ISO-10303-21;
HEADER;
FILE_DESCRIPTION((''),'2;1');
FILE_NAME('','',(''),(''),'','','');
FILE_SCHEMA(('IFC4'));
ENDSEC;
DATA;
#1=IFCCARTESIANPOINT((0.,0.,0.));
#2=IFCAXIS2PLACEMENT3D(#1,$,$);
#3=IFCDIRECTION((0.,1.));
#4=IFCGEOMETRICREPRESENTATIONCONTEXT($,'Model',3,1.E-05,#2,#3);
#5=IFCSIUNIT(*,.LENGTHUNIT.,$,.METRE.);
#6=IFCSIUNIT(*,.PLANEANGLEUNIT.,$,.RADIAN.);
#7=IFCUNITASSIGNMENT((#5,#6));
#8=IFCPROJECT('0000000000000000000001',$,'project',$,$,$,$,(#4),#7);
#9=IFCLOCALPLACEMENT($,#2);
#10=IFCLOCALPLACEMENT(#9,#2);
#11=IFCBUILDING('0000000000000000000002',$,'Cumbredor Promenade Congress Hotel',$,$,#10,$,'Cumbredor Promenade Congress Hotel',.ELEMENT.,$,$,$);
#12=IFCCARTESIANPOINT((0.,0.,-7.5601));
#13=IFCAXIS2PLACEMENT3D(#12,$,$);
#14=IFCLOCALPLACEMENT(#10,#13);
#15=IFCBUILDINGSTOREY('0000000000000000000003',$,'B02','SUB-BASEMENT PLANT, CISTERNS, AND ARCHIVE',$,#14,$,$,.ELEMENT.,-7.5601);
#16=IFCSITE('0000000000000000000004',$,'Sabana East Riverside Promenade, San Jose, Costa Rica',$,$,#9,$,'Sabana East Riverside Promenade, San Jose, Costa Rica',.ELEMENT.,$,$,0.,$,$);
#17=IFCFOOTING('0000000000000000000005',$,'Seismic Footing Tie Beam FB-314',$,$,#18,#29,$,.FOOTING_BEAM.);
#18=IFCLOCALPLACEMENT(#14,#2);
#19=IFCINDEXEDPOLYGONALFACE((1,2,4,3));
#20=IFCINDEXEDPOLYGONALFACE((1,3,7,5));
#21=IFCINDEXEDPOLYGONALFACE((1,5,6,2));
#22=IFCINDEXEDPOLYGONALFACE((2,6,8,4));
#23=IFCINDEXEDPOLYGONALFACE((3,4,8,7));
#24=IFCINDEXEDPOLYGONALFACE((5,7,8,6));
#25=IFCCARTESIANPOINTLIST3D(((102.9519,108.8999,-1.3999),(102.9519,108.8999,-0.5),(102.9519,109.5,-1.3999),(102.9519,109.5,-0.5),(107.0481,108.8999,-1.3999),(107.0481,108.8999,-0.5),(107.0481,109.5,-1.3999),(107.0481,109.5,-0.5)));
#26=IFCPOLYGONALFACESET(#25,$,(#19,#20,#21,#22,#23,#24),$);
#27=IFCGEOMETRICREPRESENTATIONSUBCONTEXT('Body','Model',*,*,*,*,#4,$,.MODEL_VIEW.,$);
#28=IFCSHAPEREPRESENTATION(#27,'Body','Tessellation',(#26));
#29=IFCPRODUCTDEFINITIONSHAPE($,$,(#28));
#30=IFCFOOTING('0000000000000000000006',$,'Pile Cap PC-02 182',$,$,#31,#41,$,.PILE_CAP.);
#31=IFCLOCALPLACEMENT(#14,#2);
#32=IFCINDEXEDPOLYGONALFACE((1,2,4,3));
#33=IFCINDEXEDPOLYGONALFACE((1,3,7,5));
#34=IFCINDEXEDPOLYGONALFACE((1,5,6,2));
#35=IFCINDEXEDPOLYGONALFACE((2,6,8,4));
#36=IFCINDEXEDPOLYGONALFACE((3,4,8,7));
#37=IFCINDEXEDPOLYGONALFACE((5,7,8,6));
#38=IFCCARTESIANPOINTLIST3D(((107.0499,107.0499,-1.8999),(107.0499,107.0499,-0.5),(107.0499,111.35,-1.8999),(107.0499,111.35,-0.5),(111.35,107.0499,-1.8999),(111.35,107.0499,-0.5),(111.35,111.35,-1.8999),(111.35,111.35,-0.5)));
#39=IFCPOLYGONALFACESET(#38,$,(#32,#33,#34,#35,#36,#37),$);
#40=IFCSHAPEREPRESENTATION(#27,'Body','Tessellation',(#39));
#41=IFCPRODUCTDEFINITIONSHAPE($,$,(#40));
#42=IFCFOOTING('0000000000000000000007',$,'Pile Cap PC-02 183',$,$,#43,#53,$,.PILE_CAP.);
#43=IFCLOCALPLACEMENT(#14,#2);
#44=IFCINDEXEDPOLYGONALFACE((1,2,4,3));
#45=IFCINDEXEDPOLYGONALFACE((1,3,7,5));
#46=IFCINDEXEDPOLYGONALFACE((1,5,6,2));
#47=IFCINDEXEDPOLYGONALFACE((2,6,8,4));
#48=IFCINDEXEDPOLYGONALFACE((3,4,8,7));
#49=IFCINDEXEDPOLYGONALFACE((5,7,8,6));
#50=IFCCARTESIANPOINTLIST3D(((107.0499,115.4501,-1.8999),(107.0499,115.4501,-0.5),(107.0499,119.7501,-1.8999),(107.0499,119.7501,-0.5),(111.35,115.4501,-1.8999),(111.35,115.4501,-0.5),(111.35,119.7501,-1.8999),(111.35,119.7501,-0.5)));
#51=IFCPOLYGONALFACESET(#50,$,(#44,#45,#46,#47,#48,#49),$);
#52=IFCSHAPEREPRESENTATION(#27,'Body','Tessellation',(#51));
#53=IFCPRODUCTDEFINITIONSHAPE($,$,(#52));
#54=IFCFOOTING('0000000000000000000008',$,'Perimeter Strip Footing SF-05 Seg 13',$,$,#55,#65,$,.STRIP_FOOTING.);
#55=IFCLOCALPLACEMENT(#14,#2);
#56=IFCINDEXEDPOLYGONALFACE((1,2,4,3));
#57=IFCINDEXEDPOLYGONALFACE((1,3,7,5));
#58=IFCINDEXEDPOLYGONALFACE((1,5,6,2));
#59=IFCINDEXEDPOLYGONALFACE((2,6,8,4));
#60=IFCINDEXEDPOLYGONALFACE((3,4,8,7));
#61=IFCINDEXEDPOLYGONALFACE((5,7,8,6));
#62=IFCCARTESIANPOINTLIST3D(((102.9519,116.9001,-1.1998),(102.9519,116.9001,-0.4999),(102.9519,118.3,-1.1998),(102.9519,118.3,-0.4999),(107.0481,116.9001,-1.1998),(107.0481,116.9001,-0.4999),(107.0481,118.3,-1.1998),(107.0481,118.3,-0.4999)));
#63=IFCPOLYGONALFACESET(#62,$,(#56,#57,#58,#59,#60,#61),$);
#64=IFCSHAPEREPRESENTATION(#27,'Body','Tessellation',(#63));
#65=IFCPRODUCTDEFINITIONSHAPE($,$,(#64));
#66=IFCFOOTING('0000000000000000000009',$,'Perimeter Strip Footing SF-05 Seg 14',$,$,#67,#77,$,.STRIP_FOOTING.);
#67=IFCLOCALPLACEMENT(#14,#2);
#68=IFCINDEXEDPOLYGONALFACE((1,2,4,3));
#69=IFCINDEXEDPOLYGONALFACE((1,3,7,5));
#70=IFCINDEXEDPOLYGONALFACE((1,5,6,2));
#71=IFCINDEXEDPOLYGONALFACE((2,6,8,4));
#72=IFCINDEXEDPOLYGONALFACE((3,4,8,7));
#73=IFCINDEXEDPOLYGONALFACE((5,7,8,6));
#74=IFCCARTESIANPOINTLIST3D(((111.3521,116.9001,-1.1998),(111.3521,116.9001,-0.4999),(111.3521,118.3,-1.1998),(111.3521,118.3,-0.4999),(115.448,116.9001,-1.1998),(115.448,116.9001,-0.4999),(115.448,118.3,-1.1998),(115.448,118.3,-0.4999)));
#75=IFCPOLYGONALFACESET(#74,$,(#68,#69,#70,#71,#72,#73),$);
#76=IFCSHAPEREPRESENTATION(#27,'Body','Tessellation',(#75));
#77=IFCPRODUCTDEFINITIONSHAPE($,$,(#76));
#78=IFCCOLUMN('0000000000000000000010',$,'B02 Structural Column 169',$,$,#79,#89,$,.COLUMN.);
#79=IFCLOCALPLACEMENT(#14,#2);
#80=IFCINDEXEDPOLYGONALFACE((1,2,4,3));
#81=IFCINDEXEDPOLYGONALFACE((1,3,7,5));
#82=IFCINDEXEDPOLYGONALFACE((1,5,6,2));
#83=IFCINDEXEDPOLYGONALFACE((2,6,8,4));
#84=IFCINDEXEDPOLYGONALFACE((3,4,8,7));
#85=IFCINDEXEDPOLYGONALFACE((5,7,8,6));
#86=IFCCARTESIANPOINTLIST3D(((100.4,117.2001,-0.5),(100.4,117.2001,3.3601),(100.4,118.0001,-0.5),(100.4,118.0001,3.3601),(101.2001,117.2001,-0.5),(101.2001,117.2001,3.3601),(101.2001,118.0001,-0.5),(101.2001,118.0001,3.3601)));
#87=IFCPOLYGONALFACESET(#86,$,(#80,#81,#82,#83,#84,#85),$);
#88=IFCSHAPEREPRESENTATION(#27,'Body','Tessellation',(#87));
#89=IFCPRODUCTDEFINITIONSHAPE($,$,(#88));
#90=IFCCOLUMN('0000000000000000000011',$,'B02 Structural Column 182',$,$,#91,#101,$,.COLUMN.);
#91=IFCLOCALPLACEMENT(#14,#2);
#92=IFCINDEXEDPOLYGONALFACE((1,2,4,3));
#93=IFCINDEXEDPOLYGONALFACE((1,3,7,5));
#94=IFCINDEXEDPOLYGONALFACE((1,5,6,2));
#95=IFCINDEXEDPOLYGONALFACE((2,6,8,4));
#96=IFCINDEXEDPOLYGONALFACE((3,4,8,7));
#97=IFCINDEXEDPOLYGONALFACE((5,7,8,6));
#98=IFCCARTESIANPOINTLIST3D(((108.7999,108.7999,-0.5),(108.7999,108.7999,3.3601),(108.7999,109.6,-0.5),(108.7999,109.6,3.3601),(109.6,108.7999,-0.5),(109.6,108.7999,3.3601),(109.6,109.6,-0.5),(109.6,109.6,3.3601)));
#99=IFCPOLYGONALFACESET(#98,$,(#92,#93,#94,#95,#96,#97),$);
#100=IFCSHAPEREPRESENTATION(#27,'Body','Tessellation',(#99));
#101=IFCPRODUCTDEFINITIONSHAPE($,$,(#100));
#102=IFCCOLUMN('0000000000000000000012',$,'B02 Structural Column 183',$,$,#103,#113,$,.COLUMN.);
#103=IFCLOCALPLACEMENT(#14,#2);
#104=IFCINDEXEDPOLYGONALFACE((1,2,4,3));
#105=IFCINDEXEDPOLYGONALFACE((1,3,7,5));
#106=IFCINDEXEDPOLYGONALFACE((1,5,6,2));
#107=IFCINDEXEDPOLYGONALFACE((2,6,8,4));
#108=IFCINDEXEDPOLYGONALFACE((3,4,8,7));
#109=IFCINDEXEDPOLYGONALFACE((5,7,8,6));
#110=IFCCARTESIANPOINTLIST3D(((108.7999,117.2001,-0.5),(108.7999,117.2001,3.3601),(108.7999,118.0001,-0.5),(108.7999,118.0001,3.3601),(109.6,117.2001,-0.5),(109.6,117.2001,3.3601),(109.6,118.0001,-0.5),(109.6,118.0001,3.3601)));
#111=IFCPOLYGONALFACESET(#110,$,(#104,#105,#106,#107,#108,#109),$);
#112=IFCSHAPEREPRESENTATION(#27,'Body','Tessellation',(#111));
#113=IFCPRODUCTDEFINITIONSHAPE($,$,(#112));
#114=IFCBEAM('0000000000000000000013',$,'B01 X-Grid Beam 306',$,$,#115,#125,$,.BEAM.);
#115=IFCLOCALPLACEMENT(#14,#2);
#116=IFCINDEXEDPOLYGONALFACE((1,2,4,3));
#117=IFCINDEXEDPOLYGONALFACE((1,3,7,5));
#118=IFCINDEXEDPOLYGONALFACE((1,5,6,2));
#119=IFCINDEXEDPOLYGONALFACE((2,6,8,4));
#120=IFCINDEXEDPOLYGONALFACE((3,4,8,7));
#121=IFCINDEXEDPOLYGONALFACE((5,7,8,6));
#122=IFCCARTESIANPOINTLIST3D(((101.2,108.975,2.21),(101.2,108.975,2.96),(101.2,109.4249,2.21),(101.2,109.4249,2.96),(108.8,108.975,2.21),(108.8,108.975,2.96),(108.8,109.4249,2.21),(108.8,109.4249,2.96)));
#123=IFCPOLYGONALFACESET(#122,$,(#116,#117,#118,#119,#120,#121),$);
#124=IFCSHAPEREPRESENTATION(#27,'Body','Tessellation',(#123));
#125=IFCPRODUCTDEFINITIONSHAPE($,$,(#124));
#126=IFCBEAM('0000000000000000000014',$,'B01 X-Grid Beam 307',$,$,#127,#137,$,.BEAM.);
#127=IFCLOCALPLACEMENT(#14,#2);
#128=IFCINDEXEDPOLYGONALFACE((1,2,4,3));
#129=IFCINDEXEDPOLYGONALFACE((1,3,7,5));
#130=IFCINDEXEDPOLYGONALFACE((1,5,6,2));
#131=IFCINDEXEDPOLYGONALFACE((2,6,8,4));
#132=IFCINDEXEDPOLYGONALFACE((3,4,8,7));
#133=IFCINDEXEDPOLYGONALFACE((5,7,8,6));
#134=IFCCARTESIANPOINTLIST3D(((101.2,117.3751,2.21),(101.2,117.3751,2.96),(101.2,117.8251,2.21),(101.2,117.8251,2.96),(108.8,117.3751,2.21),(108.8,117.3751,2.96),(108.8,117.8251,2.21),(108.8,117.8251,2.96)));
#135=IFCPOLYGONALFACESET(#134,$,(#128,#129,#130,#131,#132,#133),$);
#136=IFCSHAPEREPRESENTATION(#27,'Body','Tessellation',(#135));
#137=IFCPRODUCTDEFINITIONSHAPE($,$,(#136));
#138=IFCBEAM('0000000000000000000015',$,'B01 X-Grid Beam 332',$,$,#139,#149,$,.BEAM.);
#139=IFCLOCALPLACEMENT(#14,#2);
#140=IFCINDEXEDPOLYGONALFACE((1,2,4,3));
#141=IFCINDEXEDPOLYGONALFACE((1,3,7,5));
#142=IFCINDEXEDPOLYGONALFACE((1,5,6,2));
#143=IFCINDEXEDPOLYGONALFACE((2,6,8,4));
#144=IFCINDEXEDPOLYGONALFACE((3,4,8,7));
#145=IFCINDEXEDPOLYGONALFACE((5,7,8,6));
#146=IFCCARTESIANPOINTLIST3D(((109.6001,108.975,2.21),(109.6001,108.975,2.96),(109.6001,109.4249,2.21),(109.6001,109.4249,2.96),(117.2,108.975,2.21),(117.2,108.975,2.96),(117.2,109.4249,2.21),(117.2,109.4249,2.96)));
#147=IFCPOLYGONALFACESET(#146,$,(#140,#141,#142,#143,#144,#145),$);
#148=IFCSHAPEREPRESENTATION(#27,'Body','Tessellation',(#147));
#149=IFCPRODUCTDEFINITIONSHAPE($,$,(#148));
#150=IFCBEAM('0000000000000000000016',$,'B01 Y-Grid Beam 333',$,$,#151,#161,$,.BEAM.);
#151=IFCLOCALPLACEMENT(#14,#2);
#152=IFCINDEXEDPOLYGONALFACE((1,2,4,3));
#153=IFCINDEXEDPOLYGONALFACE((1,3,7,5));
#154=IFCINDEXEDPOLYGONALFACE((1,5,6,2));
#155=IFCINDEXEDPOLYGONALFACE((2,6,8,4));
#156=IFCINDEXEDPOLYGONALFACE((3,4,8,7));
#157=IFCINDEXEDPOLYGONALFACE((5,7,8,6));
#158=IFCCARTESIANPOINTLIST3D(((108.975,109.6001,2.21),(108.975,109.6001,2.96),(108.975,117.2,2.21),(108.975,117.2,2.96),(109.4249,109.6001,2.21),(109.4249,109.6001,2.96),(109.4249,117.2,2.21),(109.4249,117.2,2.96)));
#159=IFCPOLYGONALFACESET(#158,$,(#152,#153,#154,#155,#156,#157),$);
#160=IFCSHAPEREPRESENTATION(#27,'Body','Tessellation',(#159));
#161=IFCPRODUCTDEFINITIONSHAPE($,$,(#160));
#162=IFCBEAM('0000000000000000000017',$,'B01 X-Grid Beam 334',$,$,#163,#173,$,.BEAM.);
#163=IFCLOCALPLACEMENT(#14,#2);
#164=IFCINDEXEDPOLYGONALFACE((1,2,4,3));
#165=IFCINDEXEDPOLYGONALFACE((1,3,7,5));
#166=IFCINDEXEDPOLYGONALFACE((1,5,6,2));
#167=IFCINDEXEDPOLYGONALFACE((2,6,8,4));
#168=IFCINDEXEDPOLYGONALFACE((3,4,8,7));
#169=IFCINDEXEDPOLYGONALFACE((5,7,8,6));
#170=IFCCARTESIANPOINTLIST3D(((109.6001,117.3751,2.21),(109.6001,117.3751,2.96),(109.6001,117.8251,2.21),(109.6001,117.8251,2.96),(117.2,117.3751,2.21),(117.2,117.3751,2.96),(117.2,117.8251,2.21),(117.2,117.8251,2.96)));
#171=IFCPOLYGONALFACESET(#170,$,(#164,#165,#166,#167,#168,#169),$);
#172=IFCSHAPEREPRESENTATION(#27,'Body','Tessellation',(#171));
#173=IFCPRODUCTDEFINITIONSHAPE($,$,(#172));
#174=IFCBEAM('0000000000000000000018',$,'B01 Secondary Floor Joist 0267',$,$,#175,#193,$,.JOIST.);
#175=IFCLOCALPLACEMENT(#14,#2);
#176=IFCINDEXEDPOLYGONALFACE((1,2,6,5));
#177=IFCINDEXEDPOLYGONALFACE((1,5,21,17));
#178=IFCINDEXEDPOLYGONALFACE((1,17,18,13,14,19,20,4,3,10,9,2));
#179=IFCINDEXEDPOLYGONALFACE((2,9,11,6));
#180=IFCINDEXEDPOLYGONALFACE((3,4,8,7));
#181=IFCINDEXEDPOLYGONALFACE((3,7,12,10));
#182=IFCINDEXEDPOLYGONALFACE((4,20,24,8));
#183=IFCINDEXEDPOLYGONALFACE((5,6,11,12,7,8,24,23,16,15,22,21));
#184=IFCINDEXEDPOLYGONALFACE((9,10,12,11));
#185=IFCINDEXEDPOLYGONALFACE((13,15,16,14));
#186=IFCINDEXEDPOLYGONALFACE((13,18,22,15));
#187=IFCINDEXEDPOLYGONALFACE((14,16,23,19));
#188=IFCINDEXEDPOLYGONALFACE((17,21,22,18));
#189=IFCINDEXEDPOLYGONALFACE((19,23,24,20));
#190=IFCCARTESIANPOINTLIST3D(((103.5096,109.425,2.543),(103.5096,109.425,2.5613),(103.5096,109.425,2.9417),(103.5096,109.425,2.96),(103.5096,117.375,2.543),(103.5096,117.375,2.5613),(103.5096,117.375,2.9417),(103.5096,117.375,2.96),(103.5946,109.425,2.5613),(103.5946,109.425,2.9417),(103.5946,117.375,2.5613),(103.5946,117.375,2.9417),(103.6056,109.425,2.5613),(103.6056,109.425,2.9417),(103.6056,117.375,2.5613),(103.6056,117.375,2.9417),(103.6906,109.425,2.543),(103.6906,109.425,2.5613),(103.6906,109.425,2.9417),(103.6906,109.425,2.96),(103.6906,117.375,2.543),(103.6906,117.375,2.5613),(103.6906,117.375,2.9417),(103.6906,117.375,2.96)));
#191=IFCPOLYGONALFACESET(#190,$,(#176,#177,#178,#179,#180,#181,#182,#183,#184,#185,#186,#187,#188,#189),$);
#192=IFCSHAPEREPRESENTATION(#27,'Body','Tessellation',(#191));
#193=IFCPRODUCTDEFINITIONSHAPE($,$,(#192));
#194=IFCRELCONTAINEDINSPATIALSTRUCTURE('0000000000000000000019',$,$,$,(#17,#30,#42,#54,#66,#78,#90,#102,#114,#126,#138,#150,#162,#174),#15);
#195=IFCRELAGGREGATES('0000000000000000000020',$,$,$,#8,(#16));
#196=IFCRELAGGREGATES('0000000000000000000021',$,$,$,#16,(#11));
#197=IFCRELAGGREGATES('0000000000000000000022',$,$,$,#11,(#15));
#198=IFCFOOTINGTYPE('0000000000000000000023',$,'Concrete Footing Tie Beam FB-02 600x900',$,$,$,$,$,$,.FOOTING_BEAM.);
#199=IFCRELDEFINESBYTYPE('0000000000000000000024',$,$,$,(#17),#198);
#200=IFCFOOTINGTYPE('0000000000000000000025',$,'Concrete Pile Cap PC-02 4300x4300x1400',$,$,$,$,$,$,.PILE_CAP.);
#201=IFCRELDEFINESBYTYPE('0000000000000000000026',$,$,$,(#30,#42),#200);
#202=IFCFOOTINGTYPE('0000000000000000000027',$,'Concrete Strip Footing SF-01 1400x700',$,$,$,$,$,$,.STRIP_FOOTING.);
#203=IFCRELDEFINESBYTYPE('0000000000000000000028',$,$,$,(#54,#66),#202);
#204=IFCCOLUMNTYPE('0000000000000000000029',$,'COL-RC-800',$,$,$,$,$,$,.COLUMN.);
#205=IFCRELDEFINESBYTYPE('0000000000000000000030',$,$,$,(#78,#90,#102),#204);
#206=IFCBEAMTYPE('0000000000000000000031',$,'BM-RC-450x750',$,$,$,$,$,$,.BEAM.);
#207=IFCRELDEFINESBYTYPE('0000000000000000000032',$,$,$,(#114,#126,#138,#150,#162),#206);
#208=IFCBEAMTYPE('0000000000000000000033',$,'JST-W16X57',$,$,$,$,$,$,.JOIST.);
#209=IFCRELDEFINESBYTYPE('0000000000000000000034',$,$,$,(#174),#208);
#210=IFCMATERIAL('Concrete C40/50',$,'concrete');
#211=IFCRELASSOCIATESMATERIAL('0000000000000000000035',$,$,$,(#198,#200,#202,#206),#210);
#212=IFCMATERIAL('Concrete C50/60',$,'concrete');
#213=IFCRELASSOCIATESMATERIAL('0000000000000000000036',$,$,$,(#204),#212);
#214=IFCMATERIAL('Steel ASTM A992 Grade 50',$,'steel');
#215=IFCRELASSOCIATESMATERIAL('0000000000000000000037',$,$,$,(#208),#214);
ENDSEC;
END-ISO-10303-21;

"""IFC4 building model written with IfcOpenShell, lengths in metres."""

from ifc_helpers import new_model, si_unit, direction, frame, origin, origin_2d, place, context, subcontext, project, spatial, rectangle, i_section, extrude, material, material_profile, profile_set, type_object, element, save


model = new_model("IFC4")

# Units and contexts
model_context = context("Model", 3, precision=1e-05, world=origin(), true_north=direction((0.0, 1.0)))
body_context = subcontext(model_context, "Body", "Model", "MODEL_VIEW")
ifc_project = project(units=[si_unit("LENGTHUNIT", "METRE"), si_unit("PLANEANGLEUNIT", "RADIAN")], contexts=[model_context])

# Site, building, storey
site_placement = place(None, origin())
site = spatial("IfcSite", under=ifc_project, at=site_placement, Name="Sabana East Riverside Promenade, San Jose, Costa Rica", LongName="Sabana East Riverside Promenade, San Jose, Costa Rica", CompositionType="ELEMENT", RefElevation=0.0)
building_placement = place(site_placement, origin())
building = spatial("IfcBuilding", under=site, at=building_placement, Name="Cumbredor Promenade Congress Hotel", LongName="Cumbredor Promenade Congress Hotel", CompositionType="ELEMENT")
storey_placement = place(building_placement, frame((0.0, 0.0, -7.5601)))
storey = spatial("IfcBuildingStorey", under=building, at=storey_placement, Name="B02", Description="SUB-BASEMENT PLANT, CISTERNS, AND ARCHIVE", CompositionType="ELEMENT", Elevation=-7.5601)

# Shared definitions
ifc_material_1 = material(Name="Concrete C40/50", Category="concrete")

# Footings
ifc_material_profile_1 = material_profile(ifc_material_1, rectangle(XDim=0.6001, YDim=0.8999, at=origin_2d()), Name="FB 600x900")
ifc_profile_set_1 = profile_set([ifc_material_profile_1], Name="Concrete C40/50")
footing_type_1 = type_object("IfcFootingType", Name="Concrete Footing Tie Beam FB-02 600x900", PredefinedType="FOOTING_BEAM", material=ifc_profile_set_1)
footing_1_placement = place(storey_placement, frame((102.9519, 109.2, -0.95), z_axis=(1.0, 0.0, 0.0), x_axis=(0.0, 1.0, 0.0)))
element("IfcFooting", 1, at=footing_1_placement, inside=storey, type_object=footing_type_1, Name="Seismic Footing Tie Beam FB-314", PredefinedType="FOOTING_BEAM", context=body_context, shape_type="SweptSolid", body=[
    extrude(rectangle(XDim=0.6001, YDim=0.8999, at=origin_2d()), origin(), (0.0, 0.0, 1.0), 4.0962),
])
footing_type_2 = type_object("IfcFootingType", Name="Concrete Pile Cap PC-02 4300x4300x1400", PredefinedType="PILE_CAP", material=ifc_material_1)
for number, where, z_axis, x_axis, name in (
    (2, (109.2, 109.2, -1.8999), (0.0, 0.0, 1.0), (1.0, 0.0, 0.0), "Pile Cap PC-02 182"),
    (3, (109.2, 117.6001, -1.8999), (0.0, 0.0, 1.0), (1.0, 0.0, 0.0), "Pile Cap PC-02 183"),
):
    element("IfcFooting", number, at=place(storey_placement, frame(where, z_axis=z_axis, x_axis=x_axis)), inside=storey, type_object=footing_type_2, Name=name, PredefinedType="PILE_CAP", context=body_context, shape_type="SweptSolid", body=[
        extrude(rectangle(XDim=4.3, YDim=4.3, at=origin_2d()), origin(), (0.0, 0.0, 1.0), 1.3999),
    ])
ifc_material_profile_2 = material_profile(ifc_material_1, rectangle(XDim=1.3999, YDim=0.7, at=origin_2d()), Name="SF 1400x700")
ifc_profile_set_2 = profile_set([ifc_material_profile_2], Name="Concrete C40/50")
footing_type_3 = type_object("IfcFootingType", Name="Concrete Strip Footing SF-01 1400x700", PredefinedType="STRIP_FOOTING", material=ifc_profile_set_2)
footing_2_placement = place(storey_placement, frame((102.9519, 117.6001, -0.8499), z_axis=(1.0, 0.0, 0.0), x_axis=(0.0, 1.0, 0.0)))
element("IfcFooting", 4, at=footing_2_placement, inside=storey, type_object=footing_type_3, Name="Perimeter Strip Footing SF-05 Seg 13", PredefinedType="STRIP_FOOTING", context=body_context, shape_type="SweptSolid", body=[
    extrude(rectangle(XDim=1.3999, YDim=0.7, at=origin_2d()), origin(), (0.0, 0.0, 1.0), 4.0962),
])
footing_3_placement = place(storey_placement, frame((111.3521, 117.6001, -0.8499), z_axis=(1.0, 0.0, 0.0), x_axis=(0.0, 1.0, 0.0)))
element("IfcFooting", 5, at=footing_3_placement, inside=storey, type_object=footing_type_3, Name="Perimeter Strip Footing SF-05 Seg 14", PredefinedType="STRIP_FOOTING", context=body_context, shape_type="SweptSolid", body=[
    extrude(rectangle(XDim=1.3999, YDim=0.7, at=origin_2d()), origin(), (0.0, 0.0, 1.0), 4.0959),
])

# Columns
ifc_material_2 = material(Name="Concrete C50/60", Category="concrete")
ifc_material_profile_3 = material_profile(ifc_material_2, rectangle(XDim=0.8, YDim=0.8, at=origin_2d()), Name="RC 800x800")
ifc_profile_set_3 = profile_set([ifc_material_profile_3], Name="Concrete C50/60")
column_type = type_object("IfcColumnType", Name="COL-RC-800", PredefinedType="COLUMN", material=ifc_profile_set_3)
for number, where, z_axis, x_axis, name in (
    (6, (100.8, 117.6001, -0.5), (0.0, 0.0, 1.0), (1.0, 0.0, 0.0), "B02 Structural Column 169"),
    (7, (109.2, 109.2, -0.5), (0.0, 0.0, 1.0), (1.0, 0.0, 0.0), "B02 Structural Column 182"),
    (8, (109.2, 117.6001, -0.5), (0.0, 0.0, 1.0), (1.0, 0.0, 0.0), "B02 Structural Column 183"),
):
    element("IfcColumn", number, at=place(storey_placement, frame(where, z_axis=z_axis, x_axis=x_axis)), inside=storey, type_object=column_type, Name=name, PredefinedType="COLUMN", context=body_context, shape_type="SweptSolid", body=[
        extrude(rectangle(XDim=0.8, YDim=0.8, at=origin_2d()), origin(), (0.0, 0.0, 1.0), 3.8601),
    ])

# Beams
ifc_material_profile_4 = material_profile(ifc_material_1, rectangle(XDim=0.45, YDim=0.75, at=origin_2d()), Name="RC BEAM 450x750")
ifc_profile_set_4 = profile_set([ifc_material_profile_4], Name="Concrete C40/50")
beam_type_1 = type_object("IfcBeamType", Name="BM-RC-450x750", PredefinedType="BEAM", material=ifc_profile_set_4)
for number, where, z_axis, x_axis, name in (
    (9, (101.2, 109.2, 2.585), (1.0, 0.0, 0.0), (0.0, 1.0, 0.0), "B01 X-Grid Beam 306"),
    (10, (101.2, 117.6001, 2.585), (1.0, 0.0, 0.0), (0.0, 1.0, 0.0), "B01 X-Grid Beam 307"),
):
    element("IfcBeam", number, at=place(storey_placement, frame(where, z_axis=z_axis, x_axis=x_axis)), inside=storey, type_object=beam_type_1, Name=name, PredefinedType="BEAM", context=body_context, shape_type="SweptSolid", body=[
        extrude(rectangle(XDim=0.45, YDim=0.75, at=origin_2d()), origin(), (0.0, 0.0, 1.0), 7.6001),
    ])
for number, where, z_axis, x_axis, name in (
    (11, (109.6001, 109.2, 2.585), (1.0, 0.0, 0.0), (0.0, 1.0, 0.0), "B01 X-Grid Beam 332"),
    (12, (109.2, 109.6001, 2.585), (0.0, 1.0, 0.0), (-1.0, 0.0, 0.0), "B01 Y-Grid Beam 333"),
    (13, (109.6001, 117.6001, 2.585), (1.0, 0.0, 0.0), (0.0, 1.0, 0.0), "B01 X-Grid Beam 334"),
):
    element("IfcBeam", number, at=place(storey_placement, frame(where, z_axis=z_axis, x_axis=x_axis)), inside=storey, type_object=beam_type_1, Name=name, PredefinedType="BEAM", context=body_context, shape_type="SweptSolid", body=[
        extrude(rectangle(XDim=0.45, YDim=0.75, at=origin_2d()), origin(), (0.0, 0.0, 1.0), 7.5999),
    ])
ifc_material_3 = material(Name="Steel ASTM A992 Grade 50", Category="steel")
ifc_material_profile_5 = material_profile(ifc_material_3, i_section(OverallWidth=0.1809, OverallDepth=0.417, WebThickness=0.011, FlangeThickness=0.0183, at=origin_2d()), Name="W16X57")
ifc_profile_set_5 = profile_set([ifc_material_profile_5], Name="Steel ASTM A992 Grade 50")
beam_type_2 = type_object("IfcBeamType", Name="JST-W16X57", PredefinedType="JOIST", material=ifc_profile_set_5)
for number, where, z_axis, x_axis, name in (
    (14, (103.6001, 109.425, 2.7515), (0.0, 1.0, 0.0), (-1.0, 0.0, 0.0), "B01 Secondary Floor Joist 0267"),
):
    element("IfcBeam", number, at=place(storey_placement, frame(where, z_axis=z_axis, x_axis=x_axis)), inside=storey, type_object=beam_type_2, Name=name, PredefinedType="JOIST", context=body_context, shape_type="SweptSolid", body=[
        extrude(i_section(OverallWidth=0.1809, OverallDepth=0.417, WebThickness=0.011, FlangeThickness=0.0183, at=origin_2d()), origin(), (0.0, 0.0, 1.0), 7.95),
    ])

save(model, "model.ifc")
